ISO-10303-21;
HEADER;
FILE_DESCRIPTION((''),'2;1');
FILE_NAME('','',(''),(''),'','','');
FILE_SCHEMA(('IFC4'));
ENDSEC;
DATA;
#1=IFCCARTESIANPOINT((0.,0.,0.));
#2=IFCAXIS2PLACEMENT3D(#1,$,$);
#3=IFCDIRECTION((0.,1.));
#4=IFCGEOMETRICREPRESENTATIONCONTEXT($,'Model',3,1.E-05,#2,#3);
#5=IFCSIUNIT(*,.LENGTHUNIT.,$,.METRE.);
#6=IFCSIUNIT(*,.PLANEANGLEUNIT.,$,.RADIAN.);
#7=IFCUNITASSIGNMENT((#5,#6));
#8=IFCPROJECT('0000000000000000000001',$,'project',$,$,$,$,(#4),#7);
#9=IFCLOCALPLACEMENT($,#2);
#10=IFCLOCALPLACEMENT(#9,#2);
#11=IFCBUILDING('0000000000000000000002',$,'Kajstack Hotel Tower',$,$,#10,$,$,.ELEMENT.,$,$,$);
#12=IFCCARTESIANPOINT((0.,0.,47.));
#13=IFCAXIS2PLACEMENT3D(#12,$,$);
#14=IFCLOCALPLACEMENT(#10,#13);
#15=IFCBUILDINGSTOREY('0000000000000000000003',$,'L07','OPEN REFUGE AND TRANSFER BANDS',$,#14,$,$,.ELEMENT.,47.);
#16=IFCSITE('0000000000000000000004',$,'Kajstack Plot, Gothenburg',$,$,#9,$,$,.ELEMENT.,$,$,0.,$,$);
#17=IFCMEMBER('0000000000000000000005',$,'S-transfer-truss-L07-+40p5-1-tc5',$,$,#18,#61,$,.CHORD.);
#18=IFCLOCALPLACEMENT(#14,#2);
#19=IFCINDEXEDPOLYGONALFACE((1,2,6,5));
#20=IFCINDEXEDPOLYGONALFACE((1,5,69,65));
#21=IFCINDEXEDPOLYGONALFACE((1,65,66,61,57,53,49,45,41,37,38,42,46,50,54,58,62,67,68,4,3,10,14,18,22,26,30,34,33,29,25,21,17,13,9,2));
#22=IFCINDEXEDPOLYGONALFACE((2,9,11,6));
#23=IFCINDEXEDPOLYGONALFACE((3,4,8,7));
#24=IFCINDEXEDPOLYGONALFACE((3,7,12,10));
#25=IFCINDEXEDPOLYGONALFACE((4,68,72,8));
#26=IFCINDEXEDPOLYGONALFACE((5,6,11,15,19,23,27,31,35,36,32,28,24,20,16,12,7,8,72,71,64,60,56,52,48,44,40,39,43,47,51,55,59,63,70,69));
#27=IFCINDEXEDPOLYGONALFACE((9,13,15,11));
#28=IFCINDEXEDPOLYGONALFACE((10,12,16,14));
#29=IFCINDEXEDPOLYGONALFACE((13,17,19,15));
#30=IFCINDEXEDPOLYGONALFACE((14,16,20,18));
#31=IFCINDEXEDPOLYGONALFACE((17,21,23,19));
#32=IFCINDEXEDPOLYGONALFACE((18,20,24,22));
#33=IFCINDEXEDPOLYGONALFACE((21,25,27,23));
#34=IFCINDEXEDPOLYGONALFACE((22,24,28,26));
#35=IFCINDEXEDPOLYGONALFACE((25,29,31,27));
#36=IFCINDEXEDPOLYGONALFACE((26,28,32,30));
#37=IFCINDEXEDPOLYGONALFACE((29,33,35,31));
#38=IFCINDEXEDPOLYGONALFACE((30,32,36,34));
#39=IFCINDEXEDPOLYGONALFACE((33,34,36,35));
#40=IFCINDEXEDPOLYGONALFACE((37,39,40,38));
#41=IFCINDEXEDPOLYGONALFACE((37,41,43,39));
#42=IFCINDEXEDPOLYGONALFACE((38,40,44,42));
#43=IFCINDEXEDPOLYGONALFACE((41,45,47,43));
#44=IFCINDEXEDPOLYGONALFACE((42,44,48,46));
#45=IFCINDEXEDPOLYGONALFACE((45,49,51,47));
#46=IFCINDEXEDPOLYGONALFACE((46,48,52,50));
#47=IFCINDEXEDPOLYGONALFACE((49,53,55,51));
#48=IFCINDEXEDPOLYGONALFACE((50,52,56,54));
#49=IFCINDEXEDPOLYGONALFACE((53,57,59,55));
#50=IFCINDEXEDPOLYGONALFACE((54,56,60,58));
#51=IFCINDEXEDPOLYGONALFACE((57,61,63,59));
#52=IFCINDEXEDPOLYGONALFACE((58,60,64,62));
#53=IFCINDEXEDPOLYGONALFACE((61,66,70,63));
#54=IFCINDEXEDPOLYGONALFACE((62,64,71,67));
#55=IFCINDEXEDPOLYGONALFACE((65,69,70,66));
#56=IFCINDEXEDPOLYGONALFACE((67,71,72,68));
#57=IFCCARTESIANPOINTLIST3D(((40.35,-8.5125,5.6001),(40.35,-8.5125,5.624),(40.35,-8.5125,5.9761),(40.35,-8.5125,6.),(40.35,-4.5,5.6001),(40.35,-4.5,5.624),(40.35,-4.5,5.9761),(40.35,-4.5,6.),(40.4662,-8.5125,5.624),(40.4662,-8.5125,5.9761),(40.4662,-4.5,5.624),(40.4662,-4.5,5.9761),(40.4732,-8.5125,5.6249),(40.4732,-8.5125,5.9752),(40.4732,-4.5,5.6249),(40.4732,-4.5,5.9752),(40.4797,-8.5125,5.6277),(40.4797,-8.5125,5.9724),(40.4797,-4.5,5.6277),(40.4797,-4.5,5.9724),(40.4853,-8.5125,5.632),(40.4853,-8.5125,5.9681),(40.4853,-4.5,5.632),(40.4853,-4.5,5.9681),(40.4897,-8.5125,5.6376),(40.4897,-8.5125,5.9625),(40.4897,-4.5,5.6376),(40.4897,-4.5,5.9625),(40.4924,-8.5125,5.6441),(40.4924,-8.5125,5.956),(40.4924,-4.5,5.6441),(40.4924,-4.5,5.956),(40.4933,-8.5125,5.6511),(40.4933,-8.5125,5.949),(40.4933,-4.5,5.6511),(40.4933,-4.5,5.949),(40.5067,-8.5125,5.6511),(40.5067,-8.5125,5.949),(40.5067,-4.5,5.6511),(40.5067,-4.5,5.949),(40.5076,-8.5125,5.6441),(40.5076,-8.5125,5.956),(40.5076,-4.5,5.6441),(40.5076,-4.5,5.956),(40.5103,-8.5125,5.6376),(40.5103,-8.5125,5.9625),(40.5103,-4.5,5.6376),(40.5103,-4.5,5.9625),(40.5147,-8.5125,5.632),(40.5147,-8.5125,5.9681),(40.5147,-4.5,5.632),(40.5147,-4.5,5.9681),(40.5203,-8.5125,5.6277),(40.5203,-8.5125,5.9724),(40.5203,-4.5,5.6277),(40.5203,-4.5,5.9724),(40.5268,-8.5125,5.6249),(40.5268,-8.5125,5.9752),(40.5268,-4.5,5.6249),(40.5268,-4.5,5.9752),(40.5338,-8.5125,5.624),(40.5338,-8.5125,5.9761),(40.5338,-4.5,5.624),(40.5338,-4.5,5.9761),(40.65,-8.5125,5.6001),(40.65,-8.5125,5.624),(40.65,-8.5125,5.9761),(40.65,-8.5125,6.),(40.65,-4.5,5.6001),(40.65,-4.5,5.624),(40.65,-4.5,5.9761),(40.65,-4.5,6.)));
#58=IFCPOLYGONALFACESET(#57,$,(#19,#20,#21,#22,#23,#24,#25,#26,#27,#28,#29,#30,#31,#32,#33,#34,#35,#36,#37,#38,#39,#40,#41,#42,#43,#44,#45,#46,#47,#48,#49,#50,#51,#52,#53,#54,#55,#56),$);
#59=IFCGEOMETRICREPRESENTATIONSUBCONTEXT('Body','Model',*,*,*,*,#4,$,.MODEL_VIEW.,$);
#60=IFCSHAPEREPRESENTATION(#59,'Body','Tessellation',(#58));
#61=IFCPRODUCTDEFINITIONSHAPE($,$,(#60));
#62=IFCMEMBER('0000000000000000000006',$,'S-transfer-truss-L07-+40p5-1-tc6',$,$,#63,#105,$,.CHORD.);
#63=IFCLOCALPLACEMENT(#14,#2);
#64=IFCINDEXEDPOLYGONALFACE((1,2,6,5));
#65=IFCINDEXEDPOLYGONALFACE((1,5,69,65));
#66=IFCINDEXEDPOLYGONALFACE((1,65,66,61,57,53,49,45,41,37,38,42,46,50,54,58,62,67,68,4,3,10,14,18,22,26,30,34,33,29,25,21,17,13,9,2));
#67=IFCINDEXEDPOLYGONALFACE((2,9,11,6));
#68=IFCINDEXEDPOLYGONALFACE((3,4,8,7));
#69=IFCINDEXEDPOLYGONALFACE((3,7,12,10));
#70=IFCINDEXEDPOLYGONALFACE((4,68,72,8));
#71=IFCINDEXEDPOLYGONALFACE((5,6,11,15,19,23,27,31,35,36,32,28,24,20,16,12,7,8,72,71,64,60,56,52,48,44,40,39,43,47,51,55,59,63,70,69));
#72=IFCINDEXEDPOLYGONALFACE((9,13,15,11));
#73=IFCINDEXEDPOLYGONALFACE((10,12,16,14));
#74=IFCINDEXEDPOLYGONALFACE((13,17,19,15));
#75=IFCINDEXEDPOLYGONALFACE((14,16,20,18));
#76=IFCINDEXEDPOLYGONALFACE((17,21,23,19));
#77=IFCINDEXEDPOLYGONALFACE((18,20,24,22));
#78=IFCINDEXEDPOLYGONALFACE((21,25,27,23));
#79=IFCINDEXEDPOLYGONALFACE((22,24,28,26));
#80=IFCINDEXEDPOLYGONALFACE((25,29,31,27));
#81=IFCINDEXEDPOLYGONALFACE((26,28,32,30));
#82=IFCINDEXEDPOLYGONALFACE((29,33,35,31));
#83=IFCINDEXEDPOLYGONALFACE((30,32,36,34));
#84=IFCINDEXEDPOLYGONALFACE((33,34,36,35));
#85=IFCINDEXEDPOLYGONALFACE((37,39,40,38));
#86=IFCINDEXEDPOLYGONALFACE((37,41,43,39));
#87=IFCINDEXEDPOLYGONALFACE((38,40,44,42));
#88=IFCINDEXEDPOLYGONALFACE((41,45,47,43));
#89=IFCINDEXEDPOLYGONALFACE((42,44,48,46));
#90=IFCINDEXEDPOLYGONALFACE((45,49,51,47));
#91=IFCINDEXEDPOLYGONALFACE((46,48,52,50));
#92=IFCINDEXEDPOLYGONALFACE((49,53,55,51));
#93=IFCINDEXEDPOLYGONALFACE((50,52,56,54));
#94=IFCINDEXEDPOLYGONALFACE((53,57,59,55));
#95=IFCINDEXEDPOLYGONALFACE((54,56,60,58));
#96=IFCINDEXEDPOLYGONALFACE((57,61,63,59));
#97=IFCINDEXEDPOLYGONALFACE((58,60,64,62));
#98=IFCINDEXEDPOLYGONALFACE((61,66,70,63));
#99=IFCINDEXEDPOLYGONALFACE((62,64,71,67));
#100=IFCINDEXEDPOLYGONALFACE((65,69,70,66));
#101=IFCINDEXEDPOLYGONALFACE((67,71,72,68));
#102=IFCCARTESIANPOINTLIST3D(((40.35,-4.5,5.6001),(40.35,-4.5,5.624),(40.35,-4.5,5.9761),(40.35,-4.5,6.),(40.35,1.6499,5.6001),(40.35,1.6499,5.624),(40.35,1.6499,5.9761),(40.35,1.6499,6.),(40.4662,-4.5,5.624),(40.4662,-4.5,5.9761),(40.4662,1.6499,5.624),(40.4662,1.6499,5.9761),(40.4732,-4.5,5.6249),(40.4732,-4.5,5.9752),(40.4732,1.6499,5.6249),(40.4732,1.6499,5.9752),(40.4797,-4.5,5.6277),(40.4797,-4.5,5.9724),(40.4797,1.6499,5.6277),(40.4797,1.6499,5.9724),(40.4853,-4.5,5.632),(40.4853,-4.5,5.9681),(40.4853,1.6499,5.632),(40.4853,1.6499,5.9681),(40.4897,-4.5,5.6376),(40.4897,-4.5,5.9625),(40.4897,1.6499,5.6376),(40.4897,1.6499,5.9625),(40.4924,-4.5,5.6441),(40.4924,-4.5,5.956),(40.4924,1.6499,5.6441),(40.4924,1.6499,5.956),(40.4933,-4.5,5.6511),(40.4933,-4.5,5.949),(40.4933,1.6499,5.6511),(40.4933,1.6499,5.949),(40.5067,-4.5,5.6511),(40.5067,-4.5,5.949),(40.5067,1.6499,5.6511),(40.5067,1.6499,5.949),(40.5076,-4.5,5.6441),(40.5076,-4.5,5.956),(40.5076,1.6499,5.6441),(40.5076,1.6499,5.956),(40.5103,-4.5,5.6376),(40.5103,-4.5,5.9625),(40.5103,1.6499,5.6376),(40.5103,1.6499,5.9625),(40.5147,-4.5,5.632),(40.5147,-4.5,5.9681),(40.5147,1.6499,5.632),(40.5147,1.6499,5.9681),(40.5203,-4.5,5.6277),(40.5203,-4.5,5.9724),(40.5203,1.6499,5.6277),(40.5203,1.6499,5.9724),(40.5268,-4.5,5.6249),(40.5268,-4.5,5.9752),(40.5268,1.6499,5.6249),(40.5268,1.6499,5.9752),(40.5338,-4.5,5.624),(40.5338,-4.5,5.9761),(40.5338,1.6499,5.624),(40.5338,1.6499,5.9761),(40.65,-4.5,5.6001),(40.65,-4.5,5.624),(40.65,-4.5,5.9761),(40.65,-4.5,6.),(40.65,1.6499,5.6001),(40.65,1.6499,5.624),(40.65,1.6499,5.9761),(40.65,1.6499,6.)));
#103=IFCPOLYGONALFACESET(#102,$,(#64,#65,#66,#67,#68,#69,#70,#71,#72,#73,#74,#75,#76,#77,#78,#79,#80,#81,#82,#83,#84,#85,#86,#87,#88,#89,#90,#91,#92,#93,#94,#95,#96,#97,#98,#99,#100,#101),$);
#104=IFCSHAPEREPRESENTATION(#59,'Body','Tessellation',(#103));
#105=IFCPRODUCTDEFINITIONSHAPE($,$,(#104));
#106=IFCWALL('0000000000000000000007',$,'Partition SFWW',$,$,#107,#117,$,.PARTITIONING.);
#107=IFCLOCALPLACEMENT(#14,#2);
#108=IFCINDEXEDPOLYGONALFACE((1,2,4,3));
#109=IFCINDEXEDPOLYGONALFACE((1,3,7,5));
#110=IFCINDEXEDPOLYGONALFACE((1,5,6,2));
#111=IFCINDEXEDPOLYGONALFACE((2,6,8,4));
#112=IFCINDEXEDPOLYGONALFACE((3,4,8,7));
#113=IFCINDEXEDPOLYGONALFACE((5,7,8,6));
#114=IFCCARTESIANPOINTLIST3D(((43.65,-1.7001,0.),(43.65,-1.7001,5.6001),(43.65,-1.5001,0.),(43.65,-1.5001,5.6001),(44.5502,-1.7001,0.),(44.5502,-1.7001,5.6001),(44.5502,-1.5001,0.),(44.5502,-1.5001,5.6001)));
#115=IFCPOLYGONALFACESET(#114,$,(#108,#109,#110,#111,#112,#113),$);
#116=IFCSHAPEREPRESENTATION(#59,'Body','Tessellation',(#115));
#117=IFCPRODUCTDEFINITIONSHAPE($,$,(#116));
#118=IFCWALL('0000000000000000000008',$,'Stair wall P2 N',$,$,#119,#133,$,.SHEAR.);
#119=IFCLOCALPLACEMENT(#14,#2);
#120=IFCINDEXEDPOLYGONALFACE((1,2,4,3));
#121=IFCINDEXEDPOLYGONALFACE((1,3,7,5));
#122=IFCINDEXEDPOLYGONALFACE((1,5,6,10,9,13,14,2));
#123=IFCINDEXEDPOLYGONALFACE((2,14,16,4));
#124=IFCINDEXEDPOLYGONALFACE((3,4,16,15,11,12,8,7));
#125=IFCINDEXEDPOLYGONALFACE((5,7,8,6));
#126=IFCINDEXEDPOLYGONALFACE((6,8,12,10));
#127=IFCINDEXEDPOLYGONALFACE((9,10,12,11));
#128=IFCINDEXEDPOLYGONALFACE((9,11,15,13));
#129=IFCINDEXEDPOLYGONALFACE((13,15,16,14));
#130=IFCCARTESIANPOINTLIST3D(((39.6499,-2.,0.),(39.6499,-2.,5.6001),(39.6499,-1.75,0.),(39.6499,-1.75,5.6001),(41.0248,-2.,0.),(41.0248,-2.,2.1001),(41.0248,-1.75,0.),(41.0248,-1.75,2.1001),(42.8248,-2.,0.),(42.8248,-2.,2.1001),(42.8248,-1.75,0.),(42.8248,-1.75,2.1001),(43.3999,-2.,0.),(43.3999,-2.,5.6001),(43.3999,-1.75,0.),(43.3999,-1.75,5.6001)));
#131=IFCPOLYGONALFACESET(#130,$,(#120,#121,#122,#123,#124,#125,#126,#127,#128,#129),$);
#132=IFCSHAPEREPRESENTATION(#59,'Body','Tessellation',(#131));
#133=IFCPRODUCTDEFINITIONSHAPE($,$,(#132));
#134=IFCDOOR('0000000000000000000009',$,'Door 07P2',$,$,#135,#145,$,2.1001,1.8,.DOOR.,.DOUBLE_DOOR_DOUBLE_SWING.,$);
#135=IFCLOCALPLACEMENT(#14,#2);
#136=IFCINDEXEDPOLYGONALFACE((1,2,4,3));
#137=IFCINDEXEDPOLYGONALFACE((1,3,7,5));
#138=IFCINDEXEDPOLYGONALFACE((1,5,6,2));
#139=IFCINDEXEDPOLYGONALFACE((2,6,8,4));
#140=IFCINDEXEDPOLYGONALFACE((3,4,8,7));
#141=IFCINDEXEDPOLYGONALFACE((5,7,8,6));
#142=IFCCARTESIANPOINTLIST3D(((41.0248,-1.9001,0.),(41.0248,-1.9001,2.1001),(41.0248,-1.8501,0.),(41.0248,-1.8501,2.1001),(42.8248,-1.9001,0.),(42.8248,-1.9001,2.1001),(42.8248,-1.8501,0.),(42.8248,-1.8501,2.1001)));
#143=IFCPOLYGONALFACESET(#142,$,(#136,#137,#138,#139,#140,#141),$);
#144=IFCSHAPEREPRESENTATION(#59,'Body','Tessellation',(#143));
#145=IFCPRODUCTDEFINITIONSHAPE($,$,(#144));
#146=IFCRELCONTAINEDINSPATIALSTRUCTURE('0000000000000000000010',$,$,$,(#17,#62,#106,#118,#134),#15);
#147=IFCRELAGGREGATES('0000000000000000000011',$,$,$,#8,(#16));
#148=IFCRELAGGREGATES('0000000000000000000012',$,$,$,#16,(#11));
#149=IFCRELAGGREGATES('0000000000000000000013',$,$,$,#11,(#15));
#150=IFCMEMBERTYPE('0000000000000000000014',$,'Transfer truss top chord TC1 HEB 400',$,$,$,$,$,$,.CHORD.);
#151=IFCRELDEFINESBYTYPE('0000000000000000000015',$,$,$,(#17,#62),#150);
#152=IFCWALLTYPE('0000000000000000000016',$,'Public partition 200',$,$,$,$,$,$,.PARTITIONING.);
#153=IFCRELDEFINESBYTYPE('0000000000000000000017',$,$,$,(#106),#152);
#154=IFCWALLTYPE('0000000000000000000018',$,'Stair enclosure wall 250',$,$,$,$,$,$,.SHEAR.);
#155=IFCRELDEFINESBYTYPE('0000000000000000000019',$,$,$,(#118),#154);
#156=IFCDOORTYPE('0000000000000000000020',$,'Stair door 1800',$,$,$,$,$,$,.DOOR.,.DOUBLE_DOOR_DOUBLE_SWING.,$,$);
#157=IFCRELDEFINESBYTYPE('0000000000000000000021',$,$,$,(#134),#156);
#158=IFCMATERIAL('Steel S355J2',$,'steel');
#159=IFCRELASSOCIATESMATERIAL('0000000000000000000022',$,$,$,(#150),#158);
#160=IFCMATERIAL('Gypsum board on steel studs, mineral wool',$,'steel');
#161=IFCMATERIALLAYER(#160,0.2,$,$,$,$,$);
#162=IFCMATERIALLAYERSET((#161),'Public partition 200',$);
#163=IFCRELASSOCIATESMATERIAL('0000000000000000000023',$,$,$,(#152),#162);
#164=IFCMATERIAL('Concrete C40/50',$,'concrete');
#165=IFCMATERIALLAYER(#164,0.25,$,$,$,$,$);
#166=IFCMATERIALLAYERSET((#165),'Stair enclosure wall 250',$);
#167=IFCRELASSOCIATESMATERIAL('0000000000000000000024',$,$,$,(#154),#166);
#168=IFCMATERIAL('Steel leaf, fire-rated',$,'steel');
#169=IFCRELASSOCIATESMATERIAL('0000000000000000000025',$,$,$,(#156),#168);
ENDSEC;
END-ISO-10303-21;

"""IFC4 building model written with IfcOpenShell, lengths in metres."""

from ifc_helpers import new_model, si_unit, direction, frame, frame_2d, origin, origin_2d, place, context, subcontext, project, spatial, rectangle, i_section, extrude, material, layer, layer_set, material_profile, profile_set, type_object, element, fill, save


model = new_model("IFC4")

# Units and contexts
model_context = context("Model", 3, precision=1e-05, world=origin(), true_north=direction((0.0, 1.0)))
body_context = subcontext(model_context, "Body", "Model", "MODEL_VIEW")
ifc_project = project(units=[si_unit("LENGTHUNIT", "METRE"), si_unit("PLANEANGLEUNIT", "RADIAN")], contexts=[model_context])

# Site, building, storey
site_placement = place(None, origin())
site = spatial("IfcSite", under=ifc_project, at=site_placement, Name="Kajstack Plot, Gothenburg", CompositionType="ELEMENT", RefElevation=0.0)
building_placement = place(site_placement, origin())
building = spatial("IfcBuilding", under=site, at=building_placement, Name="Kajstack Hotel Tower", CompositionType="ELEMENT")
storey_placement = place(building_placement, frame((0.0, 0.0, 47.0)))
storey = spatial("IfcBuildingStorey", under=building, at=storey_placement, Name="L07", Description="OPEN REFUGE AND TRANSFER BANDS", CompositionType="ELEMENT", Elevation=47.0)

# Members
ifc_material_1 = material(Name="Steel S355J2", Category="steel")
ifc_material_profile_1 = material_profile(ifc_material_1, i_section(OverallWidth=0.3, OverallDepth=0.3999, WebThickness=0.0134, FlangeThickness=0.0239, FilletRadius=0.0271, at=origin_2d()), Name="HEB 400")
ifc_profile_set_1 = profile_set([ifc_material_profile_1], Name="Steel S355J2")
member_type_1 = type_object("IfcMemberType", Name="Transfer truss top chord TC1 HEB 400", PredefinedType="CHORD", material=ifc_profile_set_1)
member_1_placement = place(storey_placement, frame((40.5, -8.5125, 5.8), z_axis=(0.0, 1.0, 0.0), x_axis=(-1.0, 0.0, 0.0)))
element("IfcMember", 1, at=member_1_placement, inside=storey, type_object=member_type_1, Name="S-transfer-truss-L07-+40p5-1-tc5", PredefinedType="CHORD", context=body_context, shape_type="SweptSolid", body=[
    extrude(i_section(OverallWidth=0.3, OverallDepth=0.3999, WebThickness=0.0134, FlangeThickness=0.0239, FilletRadius=0.0271, at=origin_2d()), origin(), (0.0, 0.0, 1.0), 4.0125),
])
member_2_placement = place(storey_placement, frame((40.5, -4.5, 5.8), z_axis=(0.0, 1.0, 0.0), x_axis=(-1.0, 0.0, 0.0)))
element("IfcMember", 2, at=member_2_placement, inside=storey, type_object=member_type_1, Name="S-transfer-truss-L07-+40p5-1-tc6", PredefinedType="CHORD", context=body_context, shape_type="SweptSolid", body=[
    extrude(i_section(OverallWidth=0.3, OverallDepth=0.3999, WebThickness=0.0134, FlangeThickness=0.0239, FilletRadius=0.0271, at=origin_2d()), origin(), (0.0, 0.0, 1.0), 6.1499),
])

# Wall
ifc_material_2 = material(Name="Gypsum board on steel studs, mineral wool", Category="steel")
ifc_layer_1 = layer(ifc_material_2, 0.2)
ifc_layer_set_1 = layer_set([ifc_layer_1], Name="Public partition 200")
wall_type_1 = type_object("IfcWallType", Name="Public partition 200", PredefinedType="PARTITIONING", material=ifc_layer_set_1)
wall_1_placement = place(storey_placement, frame((43.6499, -1.6001, 0.0), z_axis=(0.0, 0.0, 1.0), x_axis=(1.0, 0.0, 0.0)))
element("IfcWall", 3, at=wall_1_placement, inside=storey, type_object=wall_type_1, Name="Partition SFWW", PredefinedType="PARTITIONING", context=body_context, shape_type="SweptSolid", body=[
    extrude(rectangle(XDim=0.9001, YDim=0.2, at=frame_2d((0.4502, 0.0))), origin(), (0.0, 0.0, 1.0), 5.6001),
])

# Wall, opening, door
ifc_material_3 = material(Name="Concrete C40/50", Category="concrete")
ifc_layer_2 = layer(ifc_material_3, 0.25)
ifc_layer_set_2 = layer_set([ifc_layer_2], Name="Stair enclosure wall 250")
wall_type_2 = type_object("IfcWallType", Name="Stair enclosure wall 250", PredefinedType="SHEAR", material=ifc_layer_set_2)
wall_2_placement = place(storey_placement, frame((39.6499, -1.875, 0.0), z_axis=(0.0, 0.0, 1.0), x_axis=(1.0, 0.0, 0.0)))
wall_2 = element("IfcWall", 4, at=wall_2_placement, inside=storey, type_object=wall_type_2, Name="Stair wall P2 N", PredefinedType="SHEAR", context=body_context, shape_type="SweptSolid", body=[
    extrude(rectangle(XDim=3.75, YDim=0.25, at=frame_2d((1.875, 0.0))), origin(), (0.0, 0.0, 1.0), 5.6001),
])
opening_placement = place(wall_2_placement, frame((1.375, 0.0, 0.0)))
opening = element("IfcOpeningElement", 5, at=opening_placement, cuts=wall_2, PredefinedType="OPENING", context=body_context, shape_type="SweptSolid", body=[
    extrude(rectangle(XDim=1.8, YDim=2.1001, at=frame_2d((0.8999, 1.05))), frame((0.0, 0.135, 0.0), z_axis=(0.0, -1.0, 0.0), x_axis=(1.0, 0.0, 0.0)), (0.0, 0.0, 1.0), 0.27),
])
ifc_material_4 = material(Name="Steel leaf, fire-rated", Category="steel")
door_type = type_object("IfcDoorType", Name="Stair door 1800", OperationType="DOUBLE_DOOR_DOUBLE_SWING", PredefinedType="DOOR", material=ifc_material_4)
door_placement = place(opening_placement, origin())
door = element("IfcDoor", 6, at=door_placement, inside=storey, type_object=door_type, Name="Door 07P2", OperationType="DOUBLE_DOOR_DOUBLE_SWING", OverallHeight=2.1001, OverallWidth=1.8, PredefinedType="DOOR", context=body_context, shape_type="SweptSolid", body=[
    extrude(rectangle(XDim=1.8, YDim=2.1001, at=frame_2d((0.8999, 1.05))), frame((0.0, 0.0249, 0.0), z_axis=(0.0, -1.0, 0.0), x_axis=(1.0, 0.0, 0.0)), (0.0, 0.0, 1.0), 0.05),
])
fill(opening, door)

save(model, "model.ifc")
